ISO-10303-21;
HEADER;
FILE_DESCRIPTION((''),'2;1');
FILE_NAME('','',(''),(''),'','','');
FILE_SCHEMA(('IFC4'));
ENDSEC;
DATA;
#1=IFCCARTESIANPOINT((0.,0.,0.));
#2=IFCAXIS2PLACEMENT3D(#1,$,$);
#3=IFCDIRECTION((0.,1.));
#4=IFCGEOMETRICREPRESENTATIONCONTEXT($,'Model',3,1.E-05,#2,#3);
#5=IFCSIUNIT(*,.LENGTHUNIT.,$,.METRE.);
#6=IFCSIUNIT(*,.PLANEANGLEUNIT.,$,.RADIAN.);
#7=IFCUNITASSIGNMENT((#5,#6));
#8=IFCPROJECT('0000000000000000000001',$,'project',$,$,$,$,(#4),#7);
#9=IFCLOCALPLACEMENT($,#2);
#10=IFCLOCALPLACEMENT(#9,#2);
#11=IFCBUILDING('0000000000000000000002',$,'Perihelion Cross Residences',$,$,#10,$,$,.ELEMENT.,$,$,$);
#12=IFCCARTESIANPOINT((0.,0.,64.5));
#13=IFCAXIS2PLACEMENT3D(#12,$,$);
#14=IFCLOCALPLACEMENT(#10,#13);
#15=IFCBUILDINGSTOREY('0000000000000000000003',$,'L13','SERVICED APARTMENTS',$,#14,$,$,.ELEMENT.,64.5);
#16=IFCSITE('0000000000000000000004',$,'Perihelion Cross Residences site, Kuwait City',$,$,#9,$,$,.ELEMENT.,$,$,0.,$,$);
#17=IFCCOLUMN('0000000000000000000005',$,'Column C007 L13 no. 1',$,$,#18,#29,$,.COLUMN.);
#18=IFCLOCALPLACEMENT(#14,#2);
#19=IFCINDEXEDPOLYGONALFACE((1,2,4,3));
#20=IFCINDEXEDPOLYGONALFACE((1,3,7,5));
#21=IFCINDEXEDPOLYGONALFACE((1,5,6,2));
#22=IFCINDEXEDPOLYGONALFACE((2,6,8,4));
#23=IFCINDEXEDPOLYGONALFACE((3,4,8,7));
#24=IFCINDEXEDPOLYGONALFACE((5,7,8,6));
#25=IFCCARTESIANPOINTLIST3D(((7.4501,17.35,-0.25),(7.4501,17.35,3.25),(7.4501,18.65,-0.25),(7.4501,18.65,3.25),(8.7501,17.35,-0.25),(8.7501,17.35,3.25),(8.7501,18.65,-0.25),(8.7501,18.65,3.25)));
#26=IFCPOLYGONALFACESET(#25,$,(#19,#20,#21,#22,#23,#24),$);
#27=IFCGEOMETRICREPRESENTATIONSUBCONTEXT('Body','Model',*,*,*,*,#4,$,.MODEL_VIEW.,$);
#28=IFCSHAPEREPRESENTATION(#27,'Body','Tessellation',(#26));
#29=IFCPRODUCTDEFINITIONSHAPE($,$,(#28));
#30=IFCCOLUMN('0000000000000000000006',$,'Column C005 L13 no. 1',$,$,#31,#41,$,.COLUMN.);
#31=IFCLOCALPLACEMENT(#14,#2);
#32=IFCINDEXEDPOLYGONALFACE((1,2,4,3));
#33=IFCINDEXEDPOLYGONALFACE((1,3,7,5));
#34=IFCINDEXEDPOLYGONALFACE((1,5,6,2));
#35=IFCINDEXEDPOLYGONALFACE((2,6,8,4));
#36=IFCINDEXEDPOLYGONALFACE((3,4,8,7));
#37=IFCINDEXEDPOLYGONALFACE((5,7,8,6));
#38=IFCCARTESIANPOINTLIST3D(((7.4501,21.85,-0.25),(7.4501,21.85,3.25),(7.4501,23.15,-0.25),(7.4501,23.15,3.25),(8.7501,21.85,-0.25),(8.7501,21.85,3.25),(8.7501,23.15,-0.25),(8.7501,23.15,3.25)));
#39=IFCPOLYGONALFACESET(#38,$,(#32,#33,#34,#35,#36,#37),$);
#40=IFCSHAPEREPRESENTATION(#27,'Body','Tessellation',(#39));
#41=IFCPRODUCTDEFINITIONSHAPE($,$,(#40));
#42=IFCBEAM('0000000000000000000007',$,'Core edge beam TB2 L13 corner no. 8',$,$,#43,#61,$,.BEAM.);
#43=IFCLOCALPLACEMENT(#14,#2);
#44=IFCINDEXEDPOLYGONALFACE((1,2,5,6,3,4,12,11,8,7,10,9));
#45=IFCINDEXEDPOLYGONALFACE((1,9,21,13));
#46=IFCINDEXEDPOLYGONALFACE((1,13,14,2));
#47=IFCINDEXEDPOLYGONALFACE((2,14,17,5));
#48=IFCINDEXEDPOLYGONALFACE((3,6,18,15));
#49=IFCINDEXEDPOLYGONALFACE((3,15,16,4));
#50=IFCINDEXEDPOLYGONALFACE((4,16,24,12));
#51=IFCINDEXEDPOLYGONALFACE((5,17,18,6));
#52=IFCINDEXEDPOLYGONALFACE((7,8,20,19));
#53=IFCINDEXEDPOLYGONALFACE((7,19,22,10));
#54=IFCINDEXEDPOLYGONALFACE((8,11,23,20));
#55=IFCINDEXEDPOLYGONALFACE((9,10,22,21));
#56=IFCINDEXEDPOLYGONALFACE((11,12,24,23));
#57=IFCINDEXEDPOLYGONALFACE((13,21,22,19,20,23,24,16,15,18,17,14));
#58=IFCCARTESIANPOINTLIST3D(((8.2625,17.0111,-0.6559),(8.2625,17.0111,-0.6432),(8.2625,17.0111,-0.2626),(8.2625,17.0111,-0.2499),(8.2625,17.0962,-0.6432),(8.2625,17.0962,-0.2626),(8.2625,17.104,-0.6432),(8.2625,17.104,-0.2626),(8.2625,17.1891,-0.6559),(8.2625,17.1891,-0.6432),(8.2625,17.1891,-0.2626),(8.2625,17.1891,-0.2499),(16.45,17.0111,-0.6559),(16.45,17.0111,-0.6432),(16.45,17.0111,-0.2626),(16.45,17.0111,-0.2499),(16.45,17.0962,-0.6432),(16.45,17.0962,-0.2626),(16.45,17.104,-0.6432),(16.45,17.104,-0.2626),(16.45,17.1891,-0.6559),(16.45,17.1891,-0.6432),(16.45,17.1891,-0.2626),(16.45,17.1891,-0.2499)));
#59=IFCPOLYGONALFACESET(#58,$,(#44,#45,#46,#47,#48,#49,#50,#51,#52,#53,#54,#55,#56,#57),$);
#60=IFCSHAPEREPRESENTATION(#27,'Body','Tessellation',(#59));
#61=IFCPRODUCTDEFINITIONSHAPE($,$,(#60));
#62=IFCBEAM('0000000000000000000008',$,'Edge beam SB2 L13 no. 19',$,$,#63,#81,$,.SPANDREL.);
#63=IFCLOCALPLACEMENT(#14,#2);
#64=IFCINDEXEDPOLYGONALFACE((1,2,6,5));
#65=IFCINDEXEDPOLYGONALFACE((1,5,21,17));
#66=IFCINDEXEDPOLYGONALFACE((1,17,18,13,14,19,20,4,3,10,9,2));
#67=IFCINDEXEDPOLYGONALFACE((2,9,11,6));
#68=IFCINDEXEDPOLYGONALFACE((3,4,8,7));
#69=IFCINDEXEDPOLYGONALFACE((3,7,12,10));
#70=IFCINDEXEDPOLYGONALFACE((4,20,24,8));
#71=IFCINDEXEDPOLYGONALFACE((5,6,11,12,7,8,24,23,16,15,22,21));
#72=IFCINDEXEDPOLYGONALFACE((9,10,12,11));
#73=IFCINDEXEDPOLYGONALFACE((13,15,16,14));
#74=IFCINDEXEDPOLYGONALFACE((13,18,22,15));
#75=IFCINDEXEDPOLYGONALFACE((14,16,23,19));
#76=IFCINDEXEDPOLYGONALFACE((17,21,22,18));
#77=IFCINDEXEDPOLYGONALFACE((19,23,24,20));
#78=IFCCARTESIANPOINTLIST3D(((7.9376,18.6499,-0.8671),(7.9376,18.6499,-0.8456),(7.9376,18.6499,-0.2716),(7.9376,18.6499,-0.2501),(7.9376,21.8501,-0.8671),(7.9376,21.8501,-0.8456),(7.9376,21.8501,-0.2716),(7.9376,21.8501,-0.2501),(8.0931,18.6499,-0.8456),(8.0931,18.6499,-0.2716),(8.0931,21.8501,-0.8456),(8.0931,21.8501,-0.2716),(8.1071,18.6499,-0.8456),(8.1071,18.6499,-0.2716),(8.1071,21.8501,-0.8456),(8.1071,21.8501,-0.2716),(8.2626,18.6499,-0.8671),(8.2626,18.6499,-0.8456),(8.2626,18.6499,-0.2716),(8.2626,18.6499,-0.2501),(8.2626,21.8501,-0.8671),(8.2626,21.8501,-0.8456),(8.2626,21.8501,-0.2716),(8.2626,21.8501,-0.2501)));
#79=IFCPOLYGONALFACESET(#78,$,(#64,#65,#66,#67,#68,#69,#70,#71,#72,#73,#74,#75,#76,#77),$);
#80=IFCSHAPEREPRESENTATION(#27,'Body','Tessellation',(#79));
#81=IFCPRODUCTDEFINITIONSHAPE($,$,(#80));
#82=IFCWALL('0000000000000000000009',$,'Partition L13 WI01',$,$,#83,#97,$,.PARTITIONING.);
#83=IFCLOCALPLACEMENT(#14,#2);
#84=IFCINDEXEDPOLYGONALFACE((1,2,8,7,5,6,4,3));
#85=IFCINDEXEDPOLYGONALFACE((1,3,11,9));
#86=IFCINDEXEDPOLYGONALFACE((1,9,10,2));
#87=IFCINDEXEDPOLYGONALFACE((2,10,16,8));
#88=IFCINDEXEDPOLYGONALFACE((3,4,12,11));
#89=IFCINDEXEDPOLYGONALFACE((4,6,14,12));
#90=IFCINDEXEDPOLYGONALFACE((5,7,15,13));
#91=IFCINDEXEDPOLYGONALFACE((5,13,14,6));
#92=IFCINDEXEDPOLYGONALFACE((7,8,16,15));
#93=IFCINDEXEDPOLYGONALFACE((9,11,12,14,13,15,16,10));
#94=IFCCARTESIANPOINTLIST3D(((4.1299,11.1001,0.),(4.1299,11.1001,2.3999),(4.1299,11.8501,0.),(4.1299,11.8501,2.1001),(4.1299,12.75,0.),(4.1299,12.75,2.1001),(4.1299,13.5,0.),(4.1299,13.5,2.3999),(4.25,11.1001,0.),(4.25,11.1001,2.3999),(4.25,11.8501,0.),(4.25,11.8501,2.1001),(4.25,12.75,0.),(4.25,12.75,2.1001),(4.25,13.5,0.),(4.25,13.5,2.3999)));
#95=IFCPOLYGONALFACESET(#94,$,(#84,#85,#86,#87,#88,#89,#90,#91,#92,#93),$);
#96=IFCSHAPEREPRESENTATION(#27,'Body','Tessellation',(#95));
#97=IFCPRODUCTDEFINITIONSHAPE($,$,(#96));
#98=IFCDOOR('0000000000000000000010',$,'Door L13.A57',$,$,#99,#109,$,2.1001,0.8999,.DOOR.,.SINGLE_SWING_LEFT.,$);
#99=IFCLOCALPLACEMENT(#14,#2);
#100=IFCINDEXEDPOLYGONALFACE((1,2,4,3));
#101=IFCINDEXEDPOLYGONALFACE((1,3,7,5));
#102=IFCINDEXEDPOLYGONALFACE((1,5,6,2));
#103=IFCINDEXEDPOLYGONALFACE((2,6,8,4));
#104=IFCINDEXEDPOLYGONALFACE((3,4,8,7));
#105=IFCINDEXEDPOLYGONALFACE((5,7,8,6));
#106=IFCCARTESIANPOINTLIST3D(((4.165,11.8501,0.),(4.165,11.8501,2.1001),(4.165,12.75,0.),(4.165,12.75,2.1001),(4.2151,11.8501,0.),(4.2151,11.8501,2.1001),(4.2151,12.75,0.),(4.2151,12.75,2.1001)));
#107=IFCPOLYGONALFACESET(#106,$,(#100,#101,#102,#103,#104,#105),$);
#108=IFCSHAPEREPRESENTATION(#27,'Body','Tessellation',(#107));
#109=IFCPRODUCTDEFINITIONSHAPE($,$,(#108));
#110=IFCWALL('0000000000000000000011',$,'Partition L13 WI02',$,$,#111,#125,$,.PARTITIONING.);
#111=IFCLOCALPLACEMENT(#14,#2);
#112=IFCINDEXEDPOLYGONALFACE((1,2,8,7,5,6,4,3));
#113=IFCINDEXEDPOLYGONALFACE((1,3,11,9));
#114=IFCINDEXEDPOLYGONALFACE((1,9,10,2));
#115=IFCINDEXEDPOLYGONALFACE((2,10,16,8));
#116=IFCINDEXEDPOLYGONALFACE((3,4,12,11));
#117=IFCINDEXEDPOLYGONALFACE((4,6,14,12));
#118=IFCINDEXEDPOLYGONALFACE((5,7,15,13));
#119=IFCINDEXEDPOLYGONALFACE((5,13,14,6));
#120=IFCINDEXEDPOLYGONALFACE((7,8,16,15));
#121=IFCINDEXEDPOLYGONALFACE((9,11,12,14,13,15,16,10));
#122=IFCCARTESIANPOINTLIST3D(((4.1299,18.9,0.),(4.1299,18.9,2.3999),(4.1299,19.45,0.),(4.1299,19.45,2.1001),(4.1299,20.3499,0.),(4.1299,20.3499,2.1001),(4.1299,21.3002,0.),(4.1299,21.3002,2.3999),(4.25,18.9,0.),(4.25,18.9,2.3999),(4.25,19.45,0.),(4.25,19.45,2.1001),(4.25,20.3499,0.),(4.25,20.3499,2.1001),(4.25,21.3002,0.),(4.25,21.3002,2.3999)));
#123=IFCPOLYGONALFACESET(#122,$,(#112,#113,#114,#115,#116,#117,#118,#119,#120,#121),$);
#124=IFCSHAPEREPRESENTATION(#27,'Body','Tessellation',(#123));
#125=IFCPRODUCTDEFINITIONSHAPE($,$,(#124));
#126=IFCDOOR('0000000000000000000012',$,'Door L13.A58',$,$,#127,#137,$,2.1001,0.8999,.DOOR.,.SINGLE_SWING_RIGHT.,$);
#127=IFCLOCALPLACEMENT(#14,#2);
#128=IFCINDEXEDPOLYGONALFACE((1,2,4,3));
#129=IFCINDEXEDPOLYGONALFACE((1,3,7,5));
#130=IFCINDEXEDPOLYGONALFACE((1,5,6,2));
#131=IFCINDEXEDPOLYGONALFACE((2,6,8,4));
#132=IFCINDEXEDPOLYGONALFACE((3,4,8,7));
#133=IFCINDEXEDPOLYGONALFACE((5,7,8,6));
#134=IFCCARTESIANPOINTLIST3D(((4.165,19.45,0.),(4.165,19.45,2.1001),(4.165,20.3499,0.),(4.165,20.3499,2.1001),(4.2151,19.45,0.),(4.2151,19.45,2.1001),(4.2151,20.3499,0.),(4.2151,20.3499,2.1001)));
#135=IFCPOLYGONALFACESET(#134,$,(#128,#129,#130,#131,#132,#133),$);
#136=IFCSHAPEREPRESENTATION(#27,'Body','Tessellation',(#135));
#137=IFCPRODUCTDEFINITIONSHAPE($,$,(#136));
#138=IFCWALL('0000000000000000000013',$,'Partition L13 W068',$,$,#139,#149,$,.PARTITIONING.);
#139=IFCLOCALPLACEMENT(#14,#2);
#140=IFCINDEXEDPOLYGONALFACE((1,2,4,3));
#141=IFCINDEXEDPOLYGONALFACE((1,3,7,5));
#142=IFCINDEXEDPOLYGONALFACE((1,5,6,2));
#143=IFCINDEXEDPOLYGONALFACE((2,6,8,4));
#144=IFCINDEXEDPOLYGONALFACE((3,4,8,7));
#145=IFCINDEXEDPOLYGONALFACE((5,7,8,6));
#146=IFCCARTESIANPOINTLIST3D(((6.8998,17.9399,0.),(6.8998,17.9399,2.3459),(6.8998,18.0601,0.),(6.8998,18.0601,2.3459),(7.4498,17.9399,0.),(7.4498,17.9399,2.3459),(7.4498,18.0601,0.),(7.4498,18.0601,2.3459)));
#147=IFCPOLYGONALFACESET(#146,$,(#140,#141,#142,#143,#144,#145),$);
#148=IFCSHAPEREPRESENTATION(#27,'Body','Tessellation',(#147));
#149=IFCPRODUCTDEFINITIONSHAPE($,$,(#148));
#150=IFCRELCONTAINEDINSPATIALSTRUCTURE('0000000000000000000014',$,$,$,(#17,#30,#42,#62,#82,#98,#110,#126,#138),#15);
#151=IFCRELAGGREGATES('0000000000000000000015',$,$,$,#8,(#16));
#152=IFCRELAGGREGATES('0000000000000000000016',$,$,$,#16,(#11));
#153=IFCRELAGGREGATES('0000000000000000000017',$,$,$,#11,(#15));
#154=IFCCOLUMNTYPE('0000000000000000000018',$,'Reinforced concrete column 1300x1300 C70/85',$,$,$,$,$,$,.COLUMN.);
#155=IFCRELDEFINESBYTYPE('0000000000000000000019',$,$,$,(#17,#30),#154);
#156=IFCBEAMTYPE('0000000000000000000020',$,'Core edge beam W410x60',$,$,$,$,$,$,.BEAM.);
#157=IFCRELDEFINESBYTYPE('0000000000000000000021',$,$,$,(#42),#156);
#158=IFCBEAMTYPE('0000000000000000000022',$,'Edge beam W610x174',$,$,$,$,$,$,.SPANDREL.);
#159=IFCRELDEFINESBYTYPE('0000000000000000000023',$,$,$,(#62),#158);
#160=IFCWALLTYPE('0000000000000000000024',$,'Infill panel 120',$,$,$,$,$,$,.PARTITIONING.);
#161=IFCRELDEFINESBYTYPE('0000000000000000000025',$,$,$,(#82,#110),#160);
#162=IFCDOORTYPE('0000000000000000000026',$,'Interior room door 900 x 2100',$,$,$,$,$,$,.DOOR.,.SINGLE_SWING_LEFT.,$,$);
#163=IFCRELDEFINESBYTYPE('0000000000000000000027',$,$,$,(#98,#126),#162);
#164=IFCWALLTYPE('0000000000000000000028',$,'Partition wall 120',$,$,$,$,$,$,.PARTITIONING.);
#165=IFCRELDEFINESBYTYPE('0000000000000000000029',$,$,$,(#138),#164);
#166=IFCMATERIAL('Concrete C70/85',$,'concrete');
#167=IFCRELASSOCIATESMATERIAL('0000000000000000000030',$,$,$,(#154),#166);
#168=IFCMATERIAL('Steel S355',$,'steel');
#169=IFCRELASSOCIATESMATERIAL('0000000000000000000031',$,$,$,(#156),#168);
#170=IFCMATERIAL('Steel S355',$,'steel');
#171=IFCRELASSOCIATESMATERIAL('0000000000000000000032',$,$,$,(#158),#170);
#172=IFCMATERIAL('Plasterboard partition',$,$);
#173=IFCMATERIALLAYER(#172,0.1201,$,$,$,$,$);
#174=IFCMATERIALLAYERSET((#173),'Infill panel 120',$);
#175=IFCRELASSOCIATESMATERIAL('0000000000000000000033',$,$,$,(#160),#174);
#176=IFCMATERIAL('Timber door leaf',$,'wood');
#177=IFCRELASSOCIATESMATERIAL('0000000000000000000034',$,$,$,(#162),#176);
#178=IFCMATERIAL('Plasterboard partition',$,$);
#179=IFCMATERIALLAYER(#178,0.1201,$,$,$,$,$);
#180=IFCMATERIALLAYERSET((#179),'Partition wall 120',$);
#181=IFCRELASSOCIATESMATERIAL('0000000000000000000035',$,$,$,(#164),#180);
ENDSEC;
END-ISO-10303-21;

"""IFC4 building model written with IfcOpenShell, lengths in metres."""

from ifc_helpers import new_model, si_unit, direction, frame, frame_2d, origin, origin_2d, place, context, subcontext, project, spatial, rectangle, i_section, extrude, material, layer, layer_set, material_profile, profile_set, type_object, element, fill, save


model = new_model("IFC4")

# Units and contexts
model_context = context("Model", 3, precision=1e-05, world=origin(), true_north=direction((0.0, 1.0)))
body_context = subcontext(model_context, "Body", "Model", "MODEL_VIEW")
ifc_project = project(units=[si_unit("LENGTHUNIT", "METRE"), si_unit("PLANEANGLEUNIT", "RADIAN")], contexts=[model_context])

# Site, building, storey
site_placement = place(None, origin())
site = spatial("IfcSite", under=ifc_project, at=site_placement, Name="Perihelion Cross Residences site, Kuwait City", CompositionType="ELEMENT", RefElevation=0.0)
building_placement = place(site_placement, origin())
building = spatial("IfcBuilding", under=site, at=building_placement, Name="Perihelion Cross Residences", CompositionType="ELEMENT")
storey_placement = place(building_placement, frame((0.0, 0.0, 64.5)))
storey = spatial("IfcBuildingStorey", under=building, at=storey_placement, Name="L13", Description="SERVICED APARTMENTS", CompositionType="ELEMENT", Elevation=64.5)

# Columns
ifc_material_1 = material(Name="Concrete C70/85", Category="concrete")
ifc_material_profile_1 = material_profile(ifc_material_1, rectangle(XDim=1.3, YDim=1.3, at=origin_2d()), Name="RC 1300x1300")
ifc_profile_set_1 = profile_set([ifc_material_profile_1], Name="Concrete C70/85")
column_type = type_object("IfcColumnType", Name="Reinforced concrete column 1300x1300 C70/85", PredefinedType="COLUMN", material=ifc_profile_set_1)
for number, where, z_axis, x_axis, name in (
    (1, (8.1001, 18.0, -0.25), (0.0, 0.0, 1.0), (1.0, 0.0, 0.0), "Column C007 L13 no. 1"),
    (2, (8.1001, 22.5, -0.25), (0.0, 0.0, 1.0), (1.0, 0.0, 0.0), "Column C005 L13 no. 1"),
):
    element("IfcColumn", number, at=place(storey_placement, frame(where, z_axis=z_axis, x_axis=x_axis)), inside=storey, type_object=column_type, Name=name, PredefinedType="COLUMN", context=body_context, shape_type="SweptSolid", body=[
        extrude(rectangle(XDim=1.3, YDim=1.3, at=origin_2d()), origin(), (0.0, 0.0, 1.0), 3.5),
    ])

# Beams
ifc_material_2 = material(Name="Steel S355", Category="steel")
ifc_material_profile_2 = material_profile(ifc_material_2, i_section(OverallWidth=0.178, OverallDepth=0.406, WebThickness=0.0078, FlangeThickness=0.0127, at=origin_2d()), Name="W410x60")
ifc_profile_set_2 = profile_set([ifc_material_profile_2], Name="Steel S355")
beam_type_1 = type_object("IfcBeamType", Name="Core edge beam W410x60", PredefinedType="BEAM", material=ifc_profile_set_2)
beam_1_placement = place(storey_placement, frame((8.2625, 17.1001, -0.4529), z_axis=(1.0, 0.0, 0.0), x_axis=(0.0, 1.0, 0.0)))
element("IfcBeam", 3, at=beam_1_placement, inside=storey, type_object=beam_type_1, Name="Core edge beam TB2 L13 corner no. 8", PredefinedType="BEAM", context=body_context, shape_type="SweptSolid", body=[
    extrude(i_section(OverallWidth=0.178, OverallDepth=0.406, WebThickness=0.0078, FlangeThickness=0.0127, at=origin_2d()), origin(), (0.0, 0.0, 1.0), 8.1875),
])
ifc_material_3 = material(Name="Steel S355", Category="steel")
ifc_material_profile_3 = material_profile(ifc_material_3, i_section(OverallWidth=0.325, OverallDepth=0.6169, WebThickness=0.0139, FlangeThickness=0.0215, at=origin_2d()), Name="W610x174")
ifc_profile_set_3 = profile_set([ifc_material_profile_3], Name="Steel S355")
beam_type_2 = type_object("IfcBeamType", Name="Edge beam W610x174", PredefinedType="SPANDREL", material=ifc_profile_set_3)
beam_2_placement = place(storey_placement, frame((8.1001, 18.6499, -0.5586), z_axis=(0.0, 1.0, 0.0), x_axis=(-1.0, 0.0, 0.0)))
element("IfcBeam", 4, at=beam_2_placement, inside=storey, type_object=beam_type_2, Name="Edge beam SB2 L13 no. 19", PredefinedType="SPANDREL", context=body_context, shape_type="SweptSolid", body=[
    extrude(i_section(OverallWidth=0.325, OverallDepth=0.6169, WebThickness=0.0139, FlangeThickness=0.0215, at=origin_2d()), origin(), (0.0, 0.0, 1.0), 3.2002),
])

# Walls, openings, doors
ifc_material_4 = material(Name="Plasterboard partition")
ifc_layer_1 = layer(ifc_material_4, 0.1201)
ifc_layer_set_1 = layer_set([ifc_layer_1], Name="Infill panel 120")
wall_type_1 = type_object("IfcWallType", Name="Infill panel 120", PredefinedType="PARTITIONING", material=ifc_layer_set_1)
wall_1_placement = place(storey_placement, frame((4.1899, 11.1001, 0.0), z_axis=(0.0, 0.0, 1.0), x_axis=(0.0, 1.0, 0.0)))
wall_1 = element("IfcWall", 5, at=wall_1_placement, inside=storey, type_object=wall_type_1, Name="Partition L13 WI01", PredefinedType="PARTITIONING", context=body_context, shape_type="SweptSolid", body=[
    extrude(rectangle(XDim=2.3999, YDim=0.1201, at=frame_2d((1.2, 0.0))), origin(), (0.0, 0.0, 1.0), 2.3999),
])
opening_1_placement = place(wall_1_placement, frame((0.75, 0.0, 0.0)))
opening_1 = element("IfcOpeningElement", 6, at=opening_1_placement, cuts=wall_1, PredefinedType="OPENING", context=body_context, shape_type="SweptSolid", body=[
    extrude(rectangle(XDim=0.8999, YDim=2.1001, at=frame_2d((0.45, 1.05))), frame((0.0, 0.0701, 0.0), z_axis=(0.0, -1.0, 0.0), x_axis=(1.0, 0.0, 0.0)), (0.0, 0.0, 1.0), 0.1401),
])
ifc_material_5 = material(Name="Timber door leaf", Category="wood")
door_type_1 = type_object("IfcDoorType", Name="Interior room door 900 x 2100", OperationType="SINGLE_SWING_LEFT", PredefinedType="DOOR", material=ifc_material_5)
door_1_placement = place(opening_1_placement, origin())
door_1 = element("IfcDoor", 7, at=door_1_placement, inside=storey, type_object=door_type_1, Name="Door L13.A57", OperationType="SINGLE_SWING_LEFT", OverallHeight=2.1001, OverallWidth=0.8999, PredefinedType="DOOR", context=body_context, shape_type="SweptSolid", body=[
    extrude(rectangle(XDim=0.8999, YDim=2.1001, at=frame_2d((0.45, 1.05))), frame((0.0, 0.0249, 0.0), z_axis=(0.0, -1.0, 0.0), x_axis=(1.0, 0.0, 0.0)), (0.0, 0.0, 1.0), 0.05),
])
fill(opening_1, door_1)
wall_2_placement = place(storey_placement, frame((4.1899, 18.8999, 0.0), z_axis=(0.0, 0.0, 1.0), x_axis=(0.0, 1.0, 0.0)))
wall_2 = element("IfcWall", 8, at=wall_2_placement, inside=storey, type_object=wall_type_1, Name="Partition L13 WI02", PredefinedType="PARTITIONING", context=body_context, shape_type="SweptSolid", body=[
    extrude(rectangle(XDim=2.4001, YDim=0.1201, at=frame_2d((1.2002, 0.0))), origin(), (0.0, 0.0, 1.0), 2.3999),
])
opening_2_placement = place(wall_2_placement, frame((0.55, 0.0, 0.0)))
opening_2 = element("IfcOpeningElement", 9, at=opening_2_placement, cuts=wall_2, PredefinedType="OPENING", context=body_context, shape_type="SweptSolid", body=[
    extrude(rectangle(XDim=0.8999, YDim=2.1001, at=frame_2d((0.45, 1.05))), frame((0.0, 0.0701, 0.0), z_axis=(0.0, -1.0, 0.0), x_axis=(1.0, 0.0, 0.0)), (0.0, 0.0, 1.0), 0.1401),
])
door_2_placement = place(opening_2_placement, origin())
door_2 = element("IfcDoor", 10, at=door_2_placement, inside=storey, type_object=door_type_1, Name="Door L13.A58", OperationType="SINGLE_SWING_RIGHT", OverallHeight=2.1001, OverallWidth=0.8999, PredefinedType="DOOR", context=body_context, shape_type="SweptSolid", body=[
    extrude(rectangle(XDim=0.8999, YDim=2.1001, at=frame_2d((0.45, 1.05))), frame((0.0, 0.0249, 0.0), z_axis=(0.0, -1.0, 0.0), x_axis=(1.0, 0.0, 0.0)), (0.0, 0.0, 1.0), 0.05),
])
fill(opening_2, door_2)

# Wall
ifc_material_6 = material(Name="Plasterboard partition")
ifc_layer_2 = layer(ifc_material_6, 0.1201)
ifc_layer_set_2 = layer_set([ifc_layer_2], Name="Partition wall 120")
wall_type_2 = type_object("IfcWallType", Name="Partition wall 120", PredefinedType="PARTITIONING", material=ifc_layer_set_2)
wall_3_placement = place(storey_placement, frame((6.8999, 18.0, 0.0), z_axis=(0.0, 0.0, 1.0), x_axis=(1.0, 0.0, 0.0)))
element("IfcWall", 11, at=wall_3_placement, inside=storey, type_object=wall_type_2, Name="Partition L13 W068", PredefinedType="PARTITIONING", context=body_context, shape_type="SweptSolid", body=[
    extrude(rectangle(XDim=0.55, YDim=0.1201, at=frame_2d((0.2749, 0.0))), origin(), (0.0, 0.0, 1.0), 2.3459),
])

save(model, "model.ifc")
